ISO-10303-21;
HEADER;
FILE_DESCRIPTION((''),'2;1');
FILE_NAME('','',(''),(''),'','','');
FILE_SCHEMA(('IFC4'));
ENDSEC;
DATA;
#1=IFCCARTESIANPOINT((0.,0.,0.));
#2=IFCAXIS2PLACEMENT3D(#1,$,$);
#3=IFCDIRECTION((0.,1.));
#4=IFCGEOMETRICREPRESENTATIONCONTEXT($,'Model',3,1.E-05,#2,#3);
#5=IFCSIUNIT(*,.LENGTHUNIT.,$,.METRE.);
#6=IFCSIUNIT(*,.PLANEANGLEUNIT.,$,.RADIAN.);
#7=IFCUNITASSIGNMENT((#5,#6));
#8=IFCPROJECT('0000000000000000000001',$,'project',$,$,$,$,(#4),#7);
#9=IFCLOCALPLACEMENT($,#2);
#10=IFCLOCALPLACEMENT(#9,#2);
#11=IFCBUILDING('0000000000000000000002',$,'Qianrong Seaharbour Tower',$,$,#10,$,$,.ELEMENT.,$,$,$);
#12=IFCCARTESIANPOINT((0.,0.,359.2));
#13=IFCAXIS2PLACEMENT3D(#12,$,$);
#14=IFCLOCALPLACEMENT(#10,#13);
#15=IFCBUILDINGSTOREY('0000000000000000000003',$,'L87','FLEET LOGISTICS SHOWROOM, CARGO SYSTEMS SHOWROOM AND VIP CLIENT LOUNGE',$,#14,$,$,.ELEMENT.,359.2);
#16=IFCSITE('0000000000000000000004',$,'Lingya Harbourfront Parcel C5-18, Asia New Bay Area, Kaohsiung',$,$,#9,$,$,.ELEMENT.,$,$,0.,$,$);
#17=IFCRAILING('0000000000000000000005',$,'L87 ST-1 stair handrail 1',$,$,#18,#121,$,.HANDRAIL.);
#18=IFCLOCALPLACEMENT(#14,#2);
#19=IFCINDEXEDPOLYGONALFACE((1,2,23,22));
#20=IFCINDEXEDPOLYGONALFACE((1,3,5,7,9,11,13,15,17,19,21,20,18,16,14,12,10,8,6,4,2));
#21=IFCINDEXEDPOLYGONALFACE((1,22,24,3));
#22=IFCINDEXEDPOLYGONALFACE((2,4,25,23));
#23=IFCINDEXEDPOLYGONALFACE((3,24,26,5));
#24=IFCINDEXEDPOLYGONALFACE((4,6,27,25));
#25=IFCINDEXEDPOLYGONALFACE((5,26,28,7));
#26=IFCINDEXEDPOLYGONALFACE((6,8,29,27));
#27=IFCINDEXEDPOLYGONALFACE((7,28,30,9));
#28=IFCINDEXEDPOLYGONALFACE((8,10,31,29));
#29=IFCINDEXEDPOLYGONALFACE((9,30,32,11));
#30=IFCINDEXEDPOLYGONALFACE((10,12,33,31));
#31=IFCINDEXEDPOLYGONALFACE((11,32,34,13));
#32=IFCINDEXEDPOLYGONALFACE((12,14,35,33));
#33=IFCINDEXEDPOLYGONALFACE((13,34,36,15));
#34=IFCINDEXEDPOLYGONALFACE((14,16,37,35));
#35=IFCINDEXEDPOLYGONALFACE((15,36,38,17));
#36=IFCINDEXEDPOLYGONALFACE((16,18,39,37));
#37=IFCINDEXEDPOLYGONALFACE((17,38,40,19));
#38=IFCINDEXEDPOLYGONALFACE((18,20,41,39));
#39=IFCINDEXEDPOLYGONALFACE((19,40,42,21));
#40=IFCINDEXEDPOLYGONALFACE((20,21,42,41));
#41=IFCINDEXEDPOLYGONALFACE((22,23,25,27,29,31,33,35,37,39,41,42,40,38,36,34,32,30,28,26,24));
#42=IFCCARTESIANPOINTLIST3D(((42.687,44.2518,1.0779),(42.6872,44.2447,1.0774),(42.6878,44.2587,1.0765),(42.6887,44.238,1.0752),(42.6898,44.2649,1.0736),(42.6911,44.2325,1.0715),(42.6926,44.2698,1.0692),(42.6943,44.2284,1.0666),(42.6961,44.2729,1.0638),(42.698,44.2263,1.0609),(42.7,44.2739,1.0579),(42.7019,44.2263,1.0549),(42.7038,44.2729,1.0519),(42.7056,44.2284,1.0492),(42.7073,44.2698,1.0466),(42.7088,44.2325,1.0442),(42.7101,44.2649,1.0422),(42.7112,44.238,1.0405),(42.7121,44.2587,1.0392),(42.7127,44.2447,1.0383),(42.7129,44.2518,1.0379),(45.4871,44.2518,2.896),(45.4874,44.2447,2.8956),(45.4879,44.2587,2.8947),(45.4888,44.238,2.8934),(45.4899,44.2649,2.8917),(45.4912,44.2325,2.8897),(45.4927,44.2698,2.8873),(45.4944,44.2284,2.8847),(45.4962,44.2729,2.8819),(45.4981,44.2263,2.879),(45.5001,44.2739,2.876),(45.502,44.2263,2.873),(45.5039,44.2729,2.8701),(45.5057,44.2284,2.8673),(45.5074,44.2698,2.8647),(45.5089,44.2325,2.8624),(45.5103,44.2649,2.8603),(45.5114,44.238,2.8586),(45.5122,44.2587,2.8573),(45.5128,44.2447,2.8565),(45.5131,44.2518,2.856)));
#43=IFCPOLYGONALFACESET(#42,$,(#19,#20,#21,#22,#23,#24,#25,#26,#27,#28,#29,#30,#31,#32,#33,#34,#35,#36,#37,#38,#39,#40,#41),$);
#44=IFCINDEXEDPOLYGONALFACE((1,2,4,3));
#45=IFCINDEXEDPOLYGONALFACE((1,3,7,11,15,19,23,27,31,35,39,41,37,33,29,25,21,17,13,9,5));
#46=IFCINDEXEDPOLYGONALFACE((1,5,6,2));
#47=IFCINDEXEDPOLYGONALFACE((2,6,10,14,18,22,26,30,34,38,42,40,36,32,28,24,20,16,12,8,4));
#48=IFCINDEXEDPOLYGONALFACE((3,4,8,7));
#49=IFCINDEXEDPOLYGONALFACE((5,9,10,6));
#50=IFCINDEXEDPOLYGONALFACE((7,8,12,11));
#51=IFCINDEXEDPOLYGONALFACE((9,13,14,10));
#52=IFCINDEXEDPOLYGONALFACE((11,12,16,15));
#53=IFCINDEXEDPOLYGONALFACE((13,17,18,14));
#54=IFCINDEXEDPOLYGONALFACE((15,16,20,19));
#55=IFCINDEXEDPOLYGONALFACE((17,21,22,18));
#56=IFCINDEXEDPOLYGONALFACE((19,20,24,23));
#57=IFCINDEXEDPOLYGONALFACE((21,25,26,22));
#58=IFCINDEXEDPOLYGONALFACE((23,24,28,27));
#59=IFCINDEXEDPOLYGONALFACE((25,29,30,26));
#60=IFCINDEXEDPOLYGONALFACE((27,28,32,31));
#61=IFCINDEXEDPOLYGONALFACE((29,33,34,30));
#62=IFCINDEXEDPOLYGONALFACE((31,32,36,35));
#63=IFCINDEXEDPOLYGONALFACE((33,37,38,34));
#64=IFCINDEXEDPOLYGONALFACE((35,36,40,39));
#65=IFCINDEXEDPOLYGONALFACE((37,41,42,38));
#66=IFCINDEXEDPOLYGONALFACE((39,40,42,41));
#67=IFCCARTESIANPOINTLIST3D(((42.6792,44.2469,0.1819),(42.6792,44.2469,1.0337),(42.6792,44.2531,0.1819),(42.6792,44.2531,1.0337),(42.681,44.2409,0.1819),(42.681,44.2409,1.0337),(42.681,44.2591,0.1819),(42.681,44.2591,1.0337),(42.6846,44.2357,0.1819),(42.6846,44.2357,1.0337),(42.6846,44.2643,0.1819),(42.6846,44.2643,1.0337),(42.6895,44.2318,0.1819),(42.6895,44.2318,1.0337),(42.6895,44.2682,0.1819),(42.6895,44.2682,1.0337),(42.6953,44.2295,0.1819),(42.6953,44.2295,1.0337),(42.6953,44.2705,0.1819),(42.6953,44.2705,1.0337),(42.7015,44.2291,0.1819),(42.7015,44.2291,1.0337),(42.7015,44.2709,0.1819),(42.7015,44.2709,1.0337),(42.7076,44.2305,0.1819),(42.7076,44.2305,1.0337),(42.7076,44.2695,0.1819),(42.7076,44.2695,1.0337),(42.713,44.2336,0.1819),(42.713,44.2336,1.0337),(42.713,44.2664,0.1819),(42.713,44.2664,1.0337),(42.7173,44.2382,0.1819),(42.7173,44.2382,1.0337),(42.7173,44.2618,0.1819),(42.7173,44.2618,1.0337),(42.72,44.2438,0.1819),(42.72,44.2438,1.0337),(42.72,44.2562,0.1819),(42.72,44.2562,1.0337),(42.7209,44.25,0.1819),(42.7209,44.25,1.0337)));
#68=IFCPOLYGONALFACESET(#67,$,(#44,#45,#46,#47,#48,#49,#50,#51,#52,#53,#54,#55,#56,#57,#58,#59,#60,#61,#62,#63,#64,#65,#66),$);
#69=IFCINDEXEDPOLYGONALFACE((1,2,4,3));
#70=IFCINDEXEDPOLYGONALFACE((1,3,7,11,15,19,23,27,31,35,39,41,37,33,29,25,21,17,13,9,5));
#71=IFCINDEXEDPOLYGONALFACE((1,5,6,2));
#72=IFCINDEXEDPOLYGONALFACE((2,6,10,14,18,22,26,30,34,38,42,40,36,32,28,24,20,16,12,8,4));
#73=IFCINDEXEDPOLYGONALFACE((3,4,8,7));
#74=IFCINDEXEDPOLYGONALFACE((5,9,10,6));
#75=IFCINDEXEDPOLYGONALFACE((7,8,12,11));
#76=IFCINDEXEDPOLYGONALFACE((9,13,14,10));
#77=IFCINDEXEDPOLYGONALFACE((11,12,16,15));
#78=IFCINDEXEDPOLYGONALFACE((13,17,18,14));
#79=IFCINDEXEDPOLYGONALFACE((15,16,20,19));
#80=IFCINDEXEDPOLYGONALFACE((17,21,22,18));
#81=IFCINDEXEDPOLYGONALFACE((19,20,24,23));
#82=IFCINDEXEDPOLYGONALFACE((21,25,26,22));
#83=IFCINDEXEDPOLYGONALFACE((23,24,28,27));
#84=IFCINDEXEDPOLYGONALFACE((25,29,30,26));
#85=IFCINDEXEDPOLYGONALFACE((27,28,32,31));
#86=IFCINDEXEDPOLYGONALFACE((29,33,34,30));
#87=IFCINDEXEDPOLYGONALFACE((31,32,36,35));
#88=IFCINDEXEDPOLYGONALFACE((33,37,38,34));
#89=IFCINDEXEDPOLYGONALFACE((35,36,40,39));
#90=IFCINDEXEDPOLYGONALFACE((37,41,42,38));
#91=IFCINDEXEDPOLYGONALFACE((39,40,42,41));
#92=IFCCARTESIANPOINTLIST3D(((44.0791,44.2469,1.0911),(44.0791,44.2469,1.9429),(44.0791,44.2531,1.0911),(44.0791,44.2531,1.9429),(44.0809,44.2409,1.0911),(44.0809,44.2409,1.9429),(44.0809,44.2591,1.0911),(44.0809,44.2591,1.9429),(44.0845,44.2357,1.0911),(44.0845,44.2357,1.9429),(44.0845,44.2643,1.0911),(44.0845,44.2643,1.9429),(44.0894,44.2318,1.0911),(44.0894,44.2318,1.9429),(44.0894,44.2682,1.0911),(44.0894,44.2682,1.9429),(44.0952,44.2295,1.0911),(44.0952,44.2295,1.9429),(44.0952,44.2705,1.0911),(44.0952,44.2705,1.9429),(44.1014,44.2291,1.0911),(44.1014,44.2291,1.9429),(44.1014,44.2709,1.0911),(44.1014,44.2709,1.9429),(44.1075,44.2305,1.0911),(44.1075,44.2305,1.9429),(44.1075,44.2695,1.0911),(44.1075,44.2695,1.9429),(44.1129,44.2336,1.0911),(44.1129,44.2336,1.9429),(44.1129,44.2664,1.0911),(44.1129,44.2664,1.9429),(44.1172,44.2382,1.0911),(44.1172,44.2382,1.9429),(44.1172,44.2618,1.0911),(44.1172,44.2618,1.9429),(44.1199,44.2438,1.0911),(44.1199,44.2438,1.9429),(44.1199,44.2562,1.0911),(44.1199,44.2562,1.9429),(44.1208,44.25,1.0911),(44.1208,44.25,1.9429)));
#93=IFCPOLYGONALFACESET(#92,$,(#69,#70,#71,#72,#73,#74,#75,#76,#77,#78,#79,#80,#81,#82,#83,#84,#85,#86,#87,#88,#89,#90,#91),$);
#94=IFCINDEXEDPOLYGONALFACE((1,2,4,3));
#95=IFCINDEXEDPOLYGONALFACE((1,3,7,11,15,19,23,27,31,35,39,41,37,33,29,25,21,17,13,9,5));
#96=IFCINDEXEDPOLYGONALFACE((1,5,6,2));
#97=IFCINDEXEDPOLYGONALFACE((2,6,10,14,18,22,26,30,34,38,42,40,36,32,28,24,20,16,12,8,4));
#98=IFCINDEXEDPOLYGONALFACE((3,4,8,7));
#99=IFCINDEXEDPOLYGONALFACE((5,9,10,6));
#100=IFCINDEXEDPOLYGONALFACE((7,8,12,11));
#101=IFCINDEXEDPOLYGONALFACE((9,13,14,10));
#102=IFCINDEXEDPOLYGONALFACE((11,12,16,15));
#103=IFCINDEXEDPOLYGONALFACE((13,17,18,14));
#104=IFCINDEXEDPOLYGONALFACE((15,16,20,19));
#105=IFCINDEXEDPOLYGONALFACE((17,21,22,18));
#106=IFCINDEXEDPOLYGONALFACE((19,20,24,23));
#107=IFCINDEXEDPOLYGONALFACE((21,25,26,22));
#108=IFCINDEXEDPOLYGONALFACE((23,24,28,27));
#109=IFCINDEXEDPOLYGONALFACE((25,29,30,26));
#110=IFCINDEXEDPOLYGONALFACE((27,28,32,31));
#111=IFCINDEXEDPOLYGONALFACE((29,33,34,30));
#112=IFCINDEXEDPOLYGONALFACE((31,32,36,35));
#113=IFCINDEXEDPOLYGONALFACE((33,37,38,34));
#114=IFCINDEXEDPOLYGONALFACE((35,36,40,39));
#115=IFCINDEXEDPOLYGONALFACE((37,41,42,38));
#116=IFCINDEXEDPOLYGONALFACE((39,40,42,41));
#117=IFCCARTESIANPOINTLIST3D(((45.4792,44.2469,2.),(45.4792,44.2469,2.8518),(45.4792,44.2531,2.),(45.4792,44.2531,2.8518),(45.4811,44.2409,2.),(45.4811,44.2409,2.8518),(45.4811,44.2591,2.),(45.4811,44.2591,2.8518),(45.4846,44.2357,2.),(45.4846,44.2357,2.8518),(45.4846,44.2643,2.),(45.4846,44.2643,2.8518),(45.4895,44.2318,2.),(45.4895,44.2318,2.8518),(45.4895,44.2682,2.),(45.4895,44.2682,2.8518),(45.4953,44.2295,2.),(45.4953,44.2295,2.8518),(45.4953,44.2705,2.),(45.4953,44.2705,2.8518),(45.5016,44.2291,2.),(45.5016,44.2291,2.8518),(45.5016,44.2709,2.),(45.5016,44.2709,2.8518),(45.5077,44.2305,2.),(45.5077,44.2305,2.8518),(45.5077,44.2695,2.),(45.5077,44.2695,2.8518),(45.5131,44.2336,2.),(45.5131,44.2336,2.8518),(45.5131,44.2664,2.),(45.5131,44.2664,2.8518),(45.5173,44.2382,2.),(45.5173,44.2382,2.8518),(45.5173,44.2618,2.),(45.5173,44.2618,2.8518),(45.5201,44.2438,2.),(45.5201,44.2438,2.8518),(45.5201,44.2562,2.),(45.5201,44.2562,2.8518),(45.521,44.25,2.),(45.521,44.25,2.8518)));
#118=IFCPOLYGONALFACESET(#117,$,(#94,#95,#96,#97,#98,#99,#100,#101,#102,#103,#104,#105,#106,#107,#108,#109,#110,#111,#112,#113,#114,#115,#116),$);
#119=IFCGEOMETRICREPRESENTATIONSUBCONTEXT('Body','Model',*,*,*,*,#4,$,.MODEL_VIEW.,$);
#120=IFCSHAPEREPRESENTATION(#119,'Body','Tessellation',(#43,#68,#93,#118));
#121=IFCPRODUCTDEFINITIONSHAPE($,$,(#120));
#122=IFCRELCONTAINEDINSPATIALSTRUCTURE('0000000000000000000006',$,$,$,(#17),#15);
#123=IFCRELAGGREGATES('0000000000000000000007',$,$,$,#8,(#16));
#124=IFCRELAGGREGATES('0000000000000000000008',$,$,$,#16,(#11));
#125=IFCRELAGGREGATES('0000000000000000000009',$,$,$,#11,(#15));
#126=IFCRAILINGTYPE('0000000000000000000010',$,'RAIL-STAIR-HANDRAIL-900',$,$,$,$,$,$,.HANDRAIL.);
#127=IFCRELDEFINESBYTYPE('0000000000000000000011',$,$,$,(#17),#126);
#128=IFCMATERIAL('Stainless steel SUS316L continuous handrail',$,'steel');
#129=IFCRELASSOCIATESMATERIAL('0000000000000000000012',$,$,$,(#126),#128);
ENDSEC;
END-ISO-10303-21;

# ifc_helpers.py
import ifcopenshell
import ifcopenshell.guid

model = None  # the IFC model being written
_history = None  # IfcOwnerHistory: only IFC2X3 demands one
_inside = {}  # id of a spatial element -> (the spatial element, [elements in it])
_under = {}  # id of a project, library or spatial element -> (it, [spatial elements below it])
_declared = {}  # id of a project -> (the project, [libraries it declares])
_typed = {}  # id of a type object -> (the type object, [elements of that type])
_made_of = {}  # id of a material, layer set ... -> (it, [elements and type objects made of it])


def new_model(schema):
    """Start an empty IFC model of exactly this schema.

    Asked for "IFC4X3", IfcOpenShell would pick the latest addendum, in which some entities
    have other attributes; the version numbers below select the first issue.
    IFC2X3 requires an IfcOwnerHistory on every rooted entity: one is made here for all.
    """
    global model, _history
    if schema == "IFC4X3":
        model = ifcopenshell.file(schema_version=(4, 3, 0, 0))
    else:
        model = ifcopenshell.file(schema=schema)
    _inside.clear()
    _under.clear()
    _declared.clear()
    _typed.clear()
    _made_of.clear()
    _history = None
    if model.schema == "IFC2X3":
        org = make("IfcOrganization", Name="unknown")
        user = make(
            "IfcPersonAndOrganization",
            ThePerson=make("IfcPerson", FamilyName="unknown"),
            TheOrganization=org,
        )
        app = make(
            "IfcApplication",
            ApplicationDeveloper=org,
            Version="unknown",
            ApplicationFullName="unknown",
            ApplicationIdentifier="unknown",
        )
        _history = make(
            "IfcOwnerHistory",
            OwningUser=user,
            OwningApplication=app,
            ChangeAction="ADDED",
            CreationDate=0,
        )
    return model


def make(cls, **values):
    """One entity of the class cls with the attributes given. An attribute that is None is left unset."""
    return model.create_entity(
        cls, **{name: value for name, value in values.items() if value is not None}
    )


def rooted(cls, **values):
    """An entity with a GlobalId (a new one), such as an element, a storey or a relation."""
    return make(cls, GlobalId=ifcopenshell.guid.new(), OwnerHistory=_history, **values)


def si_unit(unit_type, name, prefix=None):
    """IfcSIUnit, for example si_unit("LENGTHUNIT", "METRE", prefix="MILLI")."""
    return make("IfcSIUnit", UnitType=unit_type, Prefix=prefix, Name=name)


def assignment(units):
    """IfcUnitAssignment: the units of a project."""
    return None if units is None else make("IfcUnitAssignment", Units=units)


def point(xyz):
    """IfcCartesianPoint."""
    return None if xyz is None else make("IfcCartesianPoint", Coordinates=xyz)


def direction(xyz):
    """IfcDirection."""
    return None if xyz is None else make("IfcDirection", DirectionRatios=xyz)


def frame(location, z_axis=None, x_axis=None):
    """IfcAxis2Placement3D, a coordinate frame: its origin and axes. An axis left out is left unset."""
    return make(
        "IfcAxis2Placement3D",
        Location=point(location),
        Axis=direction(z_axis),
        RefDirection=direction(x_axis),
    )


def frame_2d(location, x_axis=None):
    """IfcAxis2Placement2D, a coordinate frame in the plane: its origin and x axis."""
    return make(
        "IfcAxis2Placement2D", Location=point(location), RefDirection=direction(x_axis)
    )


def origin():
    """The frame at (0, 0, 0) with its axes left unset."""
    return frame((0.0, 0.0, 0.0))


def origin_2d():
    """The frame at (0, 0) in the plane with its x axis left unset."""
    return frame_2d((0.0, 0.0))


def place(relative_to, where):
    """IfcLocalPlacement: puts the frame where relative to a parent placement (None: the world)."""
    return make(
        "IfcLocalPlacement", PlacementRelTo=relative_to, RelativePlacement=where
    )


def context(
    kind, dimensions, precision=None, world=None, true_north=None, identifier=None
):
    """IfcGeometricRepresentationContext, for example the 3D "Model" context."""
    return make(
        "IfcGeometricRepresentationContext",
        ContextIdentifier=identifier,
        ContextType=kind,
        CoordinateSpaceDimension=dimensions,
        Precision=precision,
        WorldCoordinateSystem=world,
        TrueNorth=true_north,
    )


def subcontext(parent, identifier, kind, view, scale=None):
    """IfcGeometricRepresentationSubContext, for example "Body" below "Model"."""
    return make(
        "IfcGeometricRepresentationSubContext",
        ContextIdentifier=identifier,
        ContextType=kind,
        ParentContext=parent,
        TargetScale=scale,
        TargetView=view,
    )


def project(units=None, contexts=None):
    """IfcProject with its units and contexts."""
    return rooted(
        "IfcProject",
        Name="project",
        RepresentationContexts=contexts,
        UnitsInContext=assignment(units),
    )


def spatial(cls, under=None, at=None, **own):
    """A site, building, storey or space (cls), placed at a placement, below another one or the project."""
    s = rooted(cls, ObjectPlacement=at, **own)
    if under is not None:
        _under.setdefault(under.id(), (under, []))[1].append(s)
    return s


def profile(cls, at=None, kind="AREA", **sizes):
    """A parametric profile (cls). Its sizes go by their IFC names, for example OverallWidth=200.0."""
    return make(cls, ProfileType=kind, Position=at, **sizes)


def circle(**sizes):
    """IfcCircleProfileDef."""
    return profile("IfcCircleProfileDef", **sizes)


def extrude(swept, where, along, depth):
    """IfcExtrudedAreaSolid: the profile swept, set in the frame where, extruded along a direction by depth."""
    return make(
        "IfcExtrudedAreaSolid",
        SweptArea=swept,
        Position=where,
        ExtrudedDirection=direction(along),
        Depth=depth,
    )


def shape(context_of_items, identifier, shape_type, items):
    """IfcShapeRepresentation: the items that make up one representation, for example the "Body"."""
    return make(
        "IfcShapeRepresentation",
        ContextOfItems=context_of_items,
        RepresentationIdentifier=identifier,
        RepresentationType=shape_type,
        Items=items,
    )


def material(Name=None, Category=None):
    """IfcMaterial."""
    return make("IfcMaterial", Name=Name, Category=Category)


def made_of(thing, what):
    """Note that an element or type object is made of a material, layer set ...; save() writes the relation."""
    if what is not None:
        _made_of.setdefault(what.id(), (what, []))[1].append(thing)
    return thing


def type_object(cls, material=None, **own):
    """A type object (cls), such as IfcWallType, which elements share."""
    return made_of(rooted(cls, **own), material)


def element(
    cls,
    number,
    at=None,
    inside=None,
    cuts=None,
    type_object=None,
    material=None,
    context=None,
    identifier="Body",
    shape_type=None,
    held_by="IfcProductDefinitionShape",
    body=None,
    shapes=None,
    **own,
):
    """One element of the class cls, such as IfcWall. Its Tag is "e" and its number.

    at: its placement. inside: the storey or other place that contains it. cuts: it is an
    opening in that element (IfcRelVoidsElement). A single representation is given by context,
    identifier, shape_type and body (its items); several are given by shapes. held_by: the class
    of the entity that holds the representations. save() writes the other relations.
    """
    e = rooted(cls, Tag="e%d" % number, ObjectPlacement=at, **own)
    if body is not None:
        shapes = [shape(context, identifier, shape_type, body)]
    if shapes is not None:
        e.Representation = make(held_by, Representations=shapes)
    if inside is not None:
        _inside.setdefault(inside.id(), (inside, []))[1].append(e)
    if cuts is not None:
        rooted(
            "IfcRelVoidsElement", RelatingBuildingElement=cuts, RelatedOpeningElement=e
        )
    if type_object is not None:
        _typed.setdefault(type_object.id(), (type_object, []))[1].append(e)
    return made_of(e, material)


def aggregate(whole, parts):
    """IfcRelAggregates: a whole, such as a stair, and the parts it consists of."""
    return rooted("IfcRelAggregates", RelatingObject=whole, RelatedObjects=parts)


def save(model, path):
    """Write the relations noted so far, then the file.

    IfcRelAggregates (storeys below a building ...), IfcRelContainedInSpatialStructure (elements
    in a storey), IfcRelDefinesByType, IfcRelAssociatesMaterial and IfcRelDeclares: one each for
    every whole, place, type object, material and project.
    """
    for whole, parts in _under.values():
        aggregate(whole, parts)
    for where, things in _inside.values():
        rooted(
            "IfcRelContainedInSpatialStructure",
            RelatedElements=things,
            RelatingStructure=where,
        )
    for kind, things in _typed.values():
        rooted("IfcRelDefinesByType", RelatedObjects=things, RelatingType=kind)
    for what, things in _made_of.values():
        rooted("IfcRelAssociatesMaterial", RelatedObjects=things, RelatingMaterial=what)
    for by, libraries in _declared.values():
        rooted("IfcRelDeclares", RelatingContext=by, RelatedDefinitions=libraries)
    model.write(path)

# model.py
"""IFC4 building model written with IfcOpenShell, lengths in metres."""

from ifc_helpers import new_model, si_unit, direction, frame, origin, origin_2d, place, context, subcontext, project, spatial, circle, extrude, material, type_object, element, save


model = new_model("IFC4")

# Units and contexts
model_context = context("Model", 3, precision=1e-05, world=origin(), true_north=direction((0.0, 1.0)))
body_context = subcontext(model_context, "Body", "Model", "MODEL_VIEW")
ifc_project = project(units=[si_unit("LENGTHUNIT", "METRE"), si_unit("PLANEANGLEUNIT", "RADIAN")], contexts=[model_context])

# Site, building, storey
site_placement = place(None, origin())
site = spatial("IfcSite", under=ifc_project, at=site_placement, Name="Lingya Harbourfront Parcel C5-18, Asia New Bay Area, Kaohsiung", CompositionType="ELEMENT", RefElevation=0.0)
building_placement = place(site_placement, origin())
building = spatial("IfcBuilding", under=site, at=building_placement, Name="Qianrong Seaharbour Tower", CompositionType="ELEMENT")
storey_placement = place(building_placement, frame((0.0, 0.0, 359.2)))
storey = spatial("IfcBuildingStorey", under=building, at=storey_placement, Name="L87", Description="FLEET LOGISTICS SHOWROOM, CARGO SYSTEMS SHOWROOM AND VIP CLIENT LOUNGE", CompositionType="ELEMENT", Elevation=359.2)

# Railing
ifc_material_1 = material(Name="Stainless steel SUS316L continuous handrail", Category="steel")
railing_type_1 = type_object("IfcRailingType", Name="RAIL-STAIR-HANDRAIL-900", PredefinedType="HANDRAIL", material=ifc_material_1)
railing_1_placement = place(storey_placement, frame((42.7, 44.25, 0.1819)))
element("IfcRailing", 1, at=railing_1_placement, inside=storey, type_object=railing_type_1, Name="L87 ST-1 stair handrail 1", PredefinedType="HANDRAIL", context=body_context, shape_type="SweptSolid", body=[
    extrude(circle(Radius=0.0239, at=origin_2d()), frame((0.0, 0.0, 0.876), z_axis=(0.838706, 0.0, 0.544585), x_axis=(0.0, 1.0, 0.0)), (0.0, 0.0, 1.0), 3.3386),
    extrude(circle(Radius=0.021, at=origin_2d()), origin(), (0.0, 0.0, 1.0), 0.8518),
    extrude(circle(Radius=0.021, at=origin_2d()), frame((1.3999, 0.0, 0.9092)), (0.0, 0.0, 1.0), 0.8518),
    extrude(circle(Radius=0.021, at=origin_2d()), frame((2.8, 0.0, 1.8181)), (0.0, 0.0, 1.0), 0.8518),
])

save(model, "model.ifc")
